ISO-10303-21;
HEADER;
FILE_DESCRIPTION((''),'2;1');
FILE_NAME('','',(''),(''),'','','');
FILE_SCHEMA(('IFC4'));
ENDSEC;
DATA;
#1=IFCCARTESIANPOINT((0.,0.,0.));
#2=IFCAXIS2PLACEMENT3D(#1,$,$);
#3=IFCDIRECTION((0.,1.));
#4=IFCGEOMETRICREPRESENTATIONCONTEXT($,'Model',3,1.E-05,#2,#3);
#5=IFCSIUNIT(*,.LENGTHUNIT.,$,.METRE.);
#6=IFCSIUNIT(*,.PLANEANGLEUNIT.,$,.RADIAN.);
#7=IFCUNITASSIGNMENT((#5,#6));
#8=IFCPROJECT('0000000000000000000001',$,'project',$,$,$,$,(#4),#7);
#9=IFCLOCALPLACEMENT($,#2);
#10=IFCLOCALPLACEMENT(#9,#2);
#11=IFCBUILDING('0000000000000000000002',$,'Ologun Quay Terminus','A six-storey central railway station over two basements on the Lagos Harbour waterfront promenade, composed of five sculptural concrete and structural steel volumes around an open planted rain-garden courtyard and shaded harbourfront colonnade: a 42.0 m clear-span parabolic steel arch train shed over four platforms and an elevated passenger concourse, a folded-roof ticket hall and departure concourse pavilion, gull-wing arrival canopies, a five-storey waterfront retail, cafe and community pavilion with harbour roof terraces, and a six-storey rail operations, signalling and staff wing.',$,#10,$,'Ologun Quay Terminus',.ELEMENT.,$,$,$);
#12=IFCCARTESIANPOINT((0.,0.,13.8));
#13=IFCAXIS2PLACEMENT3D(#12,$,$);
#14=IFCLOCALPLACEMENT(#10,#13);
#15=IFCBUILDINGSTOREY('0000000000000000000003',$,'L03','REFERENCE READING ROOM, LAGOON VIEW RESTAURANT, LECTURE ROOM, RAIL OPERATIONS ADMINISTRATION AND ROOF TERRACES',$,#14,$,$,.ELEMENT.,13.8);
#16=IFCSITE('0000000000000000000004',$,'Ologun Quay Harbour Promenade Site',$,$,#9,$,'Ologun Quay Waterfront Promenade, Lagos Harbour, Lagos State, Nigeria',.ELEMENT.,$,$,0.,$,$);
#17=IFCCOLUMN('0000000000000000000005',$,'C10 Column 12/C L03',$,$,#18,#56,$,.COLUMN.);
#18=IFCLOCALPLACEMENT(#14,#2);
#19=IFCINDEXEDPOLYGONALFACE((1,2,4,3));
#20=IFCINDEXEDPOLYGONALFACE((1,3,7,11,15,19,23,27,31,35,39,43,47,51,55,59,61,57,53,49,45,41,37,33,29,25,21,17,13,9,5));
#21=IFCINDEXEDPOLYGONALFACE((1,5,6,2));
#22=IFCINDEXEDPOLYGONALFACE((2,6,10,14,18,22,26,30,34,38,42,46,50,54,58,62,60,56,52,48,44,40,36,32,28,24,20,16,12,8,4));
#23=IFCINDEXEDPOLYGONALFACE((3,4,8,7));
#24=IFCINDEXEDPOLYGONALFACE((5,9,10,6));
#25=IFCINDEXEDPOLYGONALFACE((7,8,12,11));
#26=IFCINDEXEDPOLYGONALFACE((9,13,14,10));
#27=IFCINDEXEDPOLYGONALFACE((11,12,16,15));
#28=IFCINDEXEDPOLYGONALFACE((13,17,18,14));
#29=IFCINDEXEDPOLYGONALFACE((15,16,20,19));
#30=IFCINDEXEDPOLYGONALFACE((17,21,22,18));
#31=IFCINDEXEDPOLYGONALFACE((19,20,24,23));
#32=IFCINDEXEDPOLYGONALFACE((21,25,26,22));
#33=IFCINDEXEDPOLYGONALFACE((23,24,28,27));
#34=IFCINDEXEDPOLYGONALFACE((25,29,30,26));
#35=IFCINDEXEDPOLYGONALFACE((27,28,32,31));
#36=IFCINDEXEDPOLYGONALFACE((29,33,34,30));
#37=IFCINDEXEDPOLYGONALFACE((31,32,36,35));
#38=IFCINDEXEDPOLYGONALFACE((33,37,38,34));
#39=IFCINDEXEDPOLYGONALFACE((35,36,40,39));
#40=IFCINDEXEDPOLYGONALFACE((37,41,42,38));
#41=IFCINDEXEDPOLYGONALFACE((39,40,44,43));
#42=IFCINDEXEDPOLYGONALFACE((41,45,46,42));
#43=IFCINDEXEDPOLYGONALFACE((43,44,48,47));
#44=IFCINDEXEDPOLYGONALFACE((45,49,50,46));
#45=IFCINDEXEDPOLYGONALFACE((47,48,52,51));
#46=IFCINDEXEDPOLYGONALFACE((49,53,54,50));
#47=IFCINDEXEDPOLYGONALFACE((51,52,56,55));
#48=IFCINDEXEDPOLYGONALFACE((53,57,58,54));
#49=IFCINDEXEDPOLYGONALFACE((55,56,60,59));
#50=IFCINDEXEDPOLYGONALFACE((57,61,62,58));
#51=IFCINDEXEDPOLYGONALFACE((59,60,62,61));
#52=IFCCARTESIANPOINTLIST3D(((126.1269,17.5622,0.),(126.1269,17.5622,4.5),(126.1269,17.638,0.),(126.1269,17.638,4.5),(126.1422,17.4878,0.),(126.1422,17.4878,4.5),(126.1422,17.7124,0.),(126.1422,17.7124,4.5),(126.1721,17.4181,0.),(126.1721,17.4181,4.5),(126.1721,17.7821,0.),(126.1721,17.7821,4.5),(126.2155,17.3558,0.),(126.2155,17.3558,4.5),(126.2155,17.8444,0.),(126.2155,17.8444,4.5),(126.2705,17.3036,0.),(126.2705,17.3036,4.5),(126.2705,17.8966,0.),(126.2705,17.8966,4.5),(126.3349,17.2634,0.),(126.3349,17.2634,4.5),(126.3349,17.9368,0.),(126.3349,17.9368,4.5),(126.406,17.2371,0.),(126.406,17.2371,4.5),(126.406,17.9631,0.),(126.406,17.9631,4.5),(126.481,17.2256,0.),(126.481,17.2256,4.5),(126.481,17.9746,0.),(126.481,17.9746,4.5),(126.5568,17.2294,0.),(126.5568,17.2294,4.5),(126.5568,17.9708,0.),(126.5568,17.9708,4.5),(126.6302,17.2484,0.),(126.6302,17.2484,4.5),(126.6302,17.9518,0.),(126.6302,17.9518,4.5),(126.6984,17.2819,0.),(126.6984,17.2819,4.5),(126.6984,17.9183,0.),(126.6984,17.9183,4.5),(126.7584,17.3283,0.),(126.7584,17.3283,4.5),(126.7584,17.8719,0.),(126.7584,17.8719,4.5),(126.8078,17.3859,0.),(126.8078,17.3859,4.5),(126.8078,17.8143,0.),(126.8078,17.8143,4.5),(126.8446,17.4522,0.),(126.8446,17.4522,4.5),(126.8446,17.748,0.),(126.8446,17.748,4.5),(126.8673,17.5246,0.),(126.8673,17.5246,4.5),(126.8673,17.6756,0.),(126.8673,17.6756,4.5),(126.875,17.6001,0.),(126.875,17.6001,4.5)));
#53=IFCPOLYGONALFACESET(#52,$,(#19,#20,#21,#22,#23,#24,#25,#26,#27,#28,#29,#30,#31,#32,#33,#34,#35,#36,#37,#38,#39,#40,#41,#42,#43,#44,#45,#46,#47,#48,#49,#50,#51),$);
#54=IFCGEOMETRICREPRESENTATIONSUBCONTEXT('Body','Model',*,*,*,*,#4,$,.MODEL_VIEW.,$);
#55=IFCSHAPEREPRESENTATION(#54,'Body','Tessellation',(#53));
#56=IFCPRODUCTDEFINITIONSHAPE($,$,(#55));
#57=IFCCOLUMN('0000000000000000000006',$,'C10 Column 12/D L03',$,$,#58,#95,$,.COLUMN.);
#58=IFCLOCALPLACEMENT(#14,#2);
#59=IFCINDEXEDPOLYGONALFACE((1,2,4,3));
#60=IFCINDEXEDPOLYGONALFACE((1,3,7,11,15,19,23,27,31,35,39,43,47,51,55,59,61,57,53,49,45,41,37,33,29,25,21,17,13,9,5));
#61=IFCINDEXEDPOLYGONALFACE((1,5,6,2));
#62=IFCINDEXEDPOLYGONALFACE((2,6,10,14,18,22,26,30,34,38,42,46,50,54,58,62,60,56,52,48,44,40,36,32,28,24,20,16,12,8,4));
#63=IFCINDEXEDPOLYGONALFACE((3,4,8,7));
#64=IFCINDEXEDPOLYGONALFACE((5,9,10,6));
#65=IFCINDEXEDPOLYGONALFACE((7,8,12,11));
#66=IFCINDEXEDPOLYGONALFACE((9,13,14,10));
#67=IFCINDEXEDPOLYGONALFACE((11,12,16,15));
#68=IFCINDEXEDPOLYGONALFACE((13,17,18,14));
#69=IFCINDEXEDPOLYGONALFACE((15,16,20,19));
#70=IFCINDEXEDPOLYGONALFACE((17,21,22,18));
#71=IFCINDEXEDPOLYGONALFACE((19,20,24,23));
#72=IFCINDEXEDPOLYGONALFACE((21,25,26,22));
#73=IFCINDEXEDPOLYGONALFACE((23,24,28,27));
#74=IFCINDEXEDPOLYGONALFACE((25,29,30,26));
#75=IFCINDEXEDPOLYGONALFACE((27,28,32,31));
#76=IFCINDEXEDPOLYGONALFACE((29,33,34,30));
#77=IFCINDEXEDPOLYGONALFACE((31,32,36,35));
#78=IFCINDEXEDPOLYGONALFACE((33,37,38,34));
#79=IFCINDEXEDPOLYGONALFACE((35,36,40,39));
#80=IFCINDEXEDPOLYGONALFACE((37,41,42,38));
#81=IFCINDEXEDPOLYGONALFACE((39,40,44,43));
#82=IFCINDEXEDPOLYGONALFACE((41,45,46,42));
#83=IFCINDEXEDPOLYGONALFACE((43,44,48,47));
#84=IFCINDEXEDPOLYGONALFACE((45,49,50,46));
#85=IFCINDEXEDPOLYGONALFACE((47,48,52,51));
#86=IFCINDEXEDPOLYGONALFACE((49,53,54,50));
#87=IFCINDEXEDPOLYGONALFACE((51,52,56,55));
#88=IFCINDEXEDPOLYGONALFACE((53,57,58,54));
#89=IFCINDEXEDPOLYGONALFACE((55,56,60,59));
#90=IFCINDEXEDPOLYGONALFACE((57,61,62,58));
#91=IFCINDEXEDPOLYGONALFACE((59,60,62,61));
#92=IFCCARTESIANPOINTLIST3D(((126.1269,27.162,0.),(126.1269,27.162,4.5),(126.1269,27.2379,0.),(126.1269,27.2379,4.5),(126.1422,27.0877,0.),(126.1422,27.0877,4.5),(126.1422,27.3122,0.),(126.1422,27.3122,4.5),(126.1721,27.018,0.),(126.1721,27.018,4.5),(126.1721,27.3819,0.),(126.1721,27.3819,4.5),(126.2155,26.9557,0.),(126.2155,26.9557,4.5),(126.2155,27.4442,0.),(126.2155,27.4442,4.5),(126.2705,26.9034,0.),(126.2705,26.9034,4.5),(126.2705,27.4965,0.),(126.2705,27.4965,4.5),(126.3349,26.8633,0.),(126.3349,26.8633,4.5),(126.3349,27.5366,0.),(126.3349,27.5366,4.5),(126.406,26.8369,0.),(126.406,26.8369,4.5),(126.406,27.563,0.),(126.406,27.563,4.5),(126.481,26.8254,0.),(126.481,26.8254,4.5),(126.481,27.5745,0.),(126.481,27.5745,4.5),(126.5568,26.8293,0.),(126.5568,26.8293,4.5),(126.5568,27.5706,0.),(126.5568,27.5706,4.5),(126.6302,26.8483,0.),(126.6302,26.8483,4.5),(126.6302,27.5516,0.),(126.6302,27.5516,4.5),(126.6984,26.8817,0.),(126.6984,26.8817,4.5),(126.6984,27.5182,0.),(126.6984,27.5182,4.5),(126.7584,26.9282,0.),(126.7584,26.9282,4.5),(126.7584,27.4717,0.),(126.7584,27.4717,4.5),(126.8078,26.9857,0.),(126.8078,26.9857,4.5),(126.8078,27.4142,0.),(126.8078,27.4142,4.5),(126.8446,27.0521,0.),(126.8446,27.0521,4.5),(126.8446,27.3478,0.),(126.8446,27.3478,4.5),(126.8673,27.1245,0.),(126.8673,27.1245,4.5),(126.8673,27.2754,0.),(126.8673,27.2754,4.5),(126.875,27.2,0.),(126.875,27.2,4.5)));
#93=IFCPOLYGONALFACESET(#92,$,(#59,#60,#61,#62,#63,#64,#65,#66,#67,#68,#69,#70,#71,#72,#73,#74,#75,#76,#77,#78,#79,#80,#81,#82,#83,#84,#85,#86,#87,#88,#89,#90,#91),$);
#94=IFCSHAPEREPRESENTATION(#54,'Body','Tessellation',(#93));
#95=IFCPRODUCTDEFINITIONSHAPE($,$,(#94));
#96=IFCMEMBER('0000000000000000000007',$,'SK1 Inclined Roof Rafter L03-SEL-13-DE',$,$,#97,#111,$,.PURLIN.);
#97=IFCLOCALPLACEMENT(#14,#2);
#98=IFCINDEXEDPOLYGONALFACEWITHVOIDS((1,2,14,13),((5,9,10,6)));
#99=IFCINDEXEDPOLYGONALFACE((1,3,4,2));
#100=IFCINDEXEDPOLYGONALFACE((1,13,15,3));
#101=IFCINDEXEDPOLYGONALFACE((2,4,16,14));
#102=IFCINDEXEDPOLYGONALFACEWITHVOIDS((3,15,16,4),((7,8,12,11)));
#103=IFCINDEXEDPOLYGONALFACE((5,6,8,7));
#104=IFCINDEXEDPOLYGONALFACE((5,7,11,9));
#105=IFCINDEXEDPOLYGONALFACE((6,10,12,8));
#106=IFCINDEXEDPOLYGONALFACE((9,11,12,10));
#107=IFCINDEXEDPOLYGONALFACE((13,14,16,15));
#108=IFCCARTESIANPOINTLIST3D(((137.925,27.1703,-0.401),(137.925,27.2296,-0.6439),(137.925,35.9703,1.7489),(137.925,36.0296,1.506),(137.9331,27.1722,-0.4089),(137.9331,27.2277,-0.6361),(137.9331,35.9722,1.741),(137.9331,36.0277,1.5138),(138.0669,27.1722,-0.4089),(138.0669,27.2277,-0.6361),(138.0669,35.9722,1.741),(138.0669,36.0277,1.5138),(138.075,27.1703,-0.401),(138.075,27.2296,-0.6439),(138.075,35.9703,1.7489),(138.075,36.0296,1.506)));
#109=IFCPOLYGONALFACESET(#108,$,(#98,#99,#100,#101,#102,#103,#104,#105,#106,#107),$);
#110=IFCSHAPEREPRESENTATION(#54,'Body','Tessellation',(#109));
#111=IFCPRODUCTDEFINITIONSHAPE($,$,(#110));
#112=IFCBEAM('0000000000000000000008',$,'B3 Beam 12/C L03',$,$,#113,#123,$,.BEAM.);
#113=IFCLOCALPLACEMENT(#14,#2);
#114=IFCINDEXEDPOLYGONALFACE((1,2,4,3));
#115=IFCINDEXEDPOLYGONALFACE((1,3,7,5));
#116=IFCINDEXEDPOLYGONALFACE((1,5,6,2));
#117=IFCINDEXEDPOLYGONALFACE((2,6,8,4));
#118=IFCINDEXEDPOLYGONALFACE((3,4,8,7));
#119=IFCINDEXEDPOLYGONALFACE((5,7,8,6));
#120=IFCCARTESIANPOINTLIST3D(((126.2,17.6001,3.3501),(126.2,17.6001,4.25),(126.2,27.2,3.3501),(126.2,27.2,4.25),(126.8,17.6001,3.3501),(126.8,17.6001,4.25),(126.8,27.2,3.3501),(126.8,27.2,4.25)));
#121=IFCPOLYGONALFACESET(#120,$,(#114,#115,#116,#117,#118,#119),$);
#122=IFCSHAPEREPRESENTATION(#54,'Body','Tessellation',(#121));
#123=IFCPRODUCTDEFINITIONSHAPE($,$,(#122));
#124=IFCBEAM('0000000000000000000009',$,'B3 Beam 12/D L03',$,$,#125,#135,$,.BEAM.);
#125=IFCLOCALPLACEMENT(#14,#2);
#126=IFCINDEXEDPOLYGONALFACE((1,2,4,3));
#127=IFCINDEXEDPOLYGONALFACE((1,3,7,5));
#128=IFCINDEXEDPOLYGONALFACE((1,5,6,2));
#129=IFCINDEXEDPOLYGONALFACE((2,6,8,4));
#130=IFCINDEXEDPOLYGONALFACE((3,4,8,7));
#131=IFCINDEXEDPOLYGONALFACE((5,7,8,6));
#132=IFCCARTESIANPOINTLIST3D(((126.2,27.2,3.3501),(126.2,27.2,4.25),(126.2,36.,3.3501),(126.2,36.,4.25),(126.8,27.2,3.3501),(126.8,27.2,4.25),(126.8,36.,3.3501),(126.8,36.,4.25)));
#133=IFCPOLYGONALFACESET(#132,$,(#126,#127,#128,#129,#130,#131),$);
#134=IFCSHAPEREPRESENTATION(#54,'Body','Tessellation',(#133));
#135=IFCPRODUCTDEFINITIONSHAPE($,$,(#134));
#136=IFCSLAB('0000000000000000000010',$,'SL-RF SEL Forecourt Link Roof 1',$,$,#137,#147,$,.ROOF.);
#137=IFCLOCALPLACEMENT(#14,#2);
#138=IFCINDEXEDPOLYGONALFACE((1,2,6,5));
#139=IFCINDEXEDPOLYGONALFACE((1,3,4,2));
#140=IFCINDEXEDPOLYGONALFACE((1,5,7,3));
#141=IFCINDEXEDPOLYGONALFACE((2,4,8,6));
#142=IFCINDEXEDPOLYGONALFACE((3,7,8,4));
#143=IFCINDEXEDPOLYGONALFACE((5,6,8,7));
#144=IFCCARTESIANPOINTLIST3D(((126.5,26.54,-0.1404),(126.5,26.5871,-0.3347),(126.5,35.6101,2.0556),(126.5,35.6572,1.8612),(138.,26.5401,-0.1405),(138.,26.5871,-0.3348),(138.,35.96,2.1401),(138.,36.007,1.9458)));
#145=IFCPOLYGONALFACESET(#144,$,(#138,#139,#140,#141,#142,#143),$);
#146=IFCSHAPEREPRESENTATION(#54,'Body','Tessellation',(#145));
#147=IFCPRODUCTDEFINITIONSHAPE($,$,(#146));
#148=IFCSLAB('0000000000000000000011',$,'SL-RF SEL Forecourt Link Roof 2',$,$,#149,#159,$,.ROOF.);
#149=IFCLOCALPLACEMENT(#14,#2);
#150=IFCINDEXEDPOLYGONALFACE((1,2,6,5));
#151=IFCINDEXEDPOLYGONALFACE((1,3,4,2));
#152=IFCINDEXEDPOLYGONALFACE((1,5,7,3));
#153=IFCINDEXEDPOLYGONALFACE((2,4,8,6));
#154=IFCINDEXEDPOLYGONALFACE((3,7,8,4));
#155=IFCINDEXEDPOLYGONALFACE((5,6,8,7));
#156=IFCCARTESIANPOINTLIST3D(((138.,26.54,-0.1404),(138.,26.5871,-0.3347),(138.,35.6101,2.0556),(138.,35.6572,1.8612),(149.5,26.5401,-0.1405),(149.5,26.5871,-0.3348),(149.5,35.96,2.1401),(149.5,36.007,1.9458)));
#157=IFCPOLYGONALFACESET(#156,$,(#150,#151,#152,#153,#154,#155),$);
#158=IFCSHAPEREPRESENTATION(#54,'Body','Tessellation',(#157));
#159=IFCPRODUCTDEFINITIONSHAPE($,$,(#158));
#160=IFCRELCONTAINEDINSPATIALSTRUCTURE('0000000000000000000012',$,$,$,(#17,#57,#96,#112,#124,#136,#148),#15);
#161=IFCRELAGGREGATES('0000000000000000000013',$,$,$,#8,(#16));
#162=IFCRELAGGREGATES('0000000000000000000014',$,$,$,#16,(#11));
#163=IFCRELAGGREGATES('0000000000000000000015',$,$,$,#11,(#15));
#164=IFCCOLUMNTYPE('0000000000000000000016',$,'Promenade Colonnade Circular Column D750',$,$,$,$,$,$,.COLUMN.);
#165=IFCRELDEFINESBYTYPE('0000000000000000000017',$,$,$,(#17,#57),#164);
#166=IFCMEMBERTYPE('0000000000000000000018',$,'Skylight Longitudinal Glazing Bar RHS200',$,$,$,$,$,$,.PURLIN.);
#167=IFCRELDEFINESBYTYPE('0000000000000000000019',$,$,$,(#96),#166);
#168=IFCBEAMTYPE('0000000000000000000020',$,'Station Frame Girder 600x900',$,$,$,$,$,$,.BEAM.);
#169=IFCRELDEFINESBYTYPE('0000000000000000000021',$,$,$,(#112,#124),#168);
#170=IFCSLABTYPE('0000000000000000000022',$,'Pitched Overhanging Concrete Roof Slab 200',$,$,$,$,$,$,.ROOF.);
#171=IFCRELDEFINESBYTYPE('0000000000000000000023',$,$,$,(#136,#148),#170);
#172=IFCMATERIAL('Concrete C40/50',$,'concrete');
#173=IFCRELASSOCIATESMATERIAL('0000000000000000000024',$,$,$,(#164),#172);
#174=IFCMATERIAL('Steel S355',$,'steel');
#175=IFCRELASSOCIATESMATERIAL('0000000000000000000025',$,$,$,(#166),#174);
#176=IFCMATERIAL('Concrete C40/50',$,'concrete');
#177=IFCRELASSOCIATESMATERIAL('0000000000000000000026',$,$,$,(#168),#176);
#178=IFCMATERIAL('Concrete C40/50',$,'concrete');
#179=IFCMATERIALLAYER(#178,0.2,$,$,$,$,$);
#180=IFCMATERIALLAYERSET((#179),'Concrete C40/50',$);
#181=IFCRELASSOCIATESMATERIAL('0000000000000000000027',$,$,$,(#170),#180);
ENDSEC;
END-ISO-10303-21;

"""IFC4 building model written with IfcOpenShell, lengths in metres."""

from ifc_helpers import new_model, si_unit, direction, frame, origin, origin_2d, place, context, subcontext, project, spatial, polyline, rectangle, hollow_rectangle, circle, outline, extrude, material, layer, layer_set, material_profile, profile_set, type_object, element, save


model = new_model("IFC4")

# Units and contexts
model_context = context("Model", 3, precision=1e-05, world=origin(), true_north=direction((0.0, 1.0)))
body_context = subcontext(model_context, "Body", "Model", "MODEL_VIEW")
ifc_project = project(units=[si_unit("LENGTHUNIT", "METRE"), si_unit("PLANEANGLEUNIT", "RADIAN")], contexts=[model_context])

# Site, building, storey
site_placement = place(None, origin())
site = spatial("IfcSite", under=ifc_project, at=site_placement, Name="Ologun Quay Harbour Promenade Site", LongName="Ologun Quay Waterfront Promenade, Lagos Harbour, Lagos State, Nigeria", CompositionType="ELEMENT", RefElevation=0.0)
building_placement = place(site_placement, origin())
building = spatial("IfcBuilding", under=site, at=building_placement, Name="Ologun Quay Terminus", Description="A six-storey central railway station over two basements on the Lagos Harbour waterfront promenade, composed of five sculptural concrete and structural steel volumes around an open planted rain-garden courtyard and shaded harbourfront colonnade: a 42.0 m clear-span parabolic steel arch train shed over four platforms and an elevated passenger concourse, a folded-roof ticket hall and departure concourse pavilion, gull-wing arrival canopies, a five-storey waterfront retail, cafe and community pavilion with harbour roof terraces, and a six-storey rail operations, signalling and staff wing.", LongName="Ologun Quay Terminus", CompositionType="ELEMENT")
storey_placement = place(building_placement, frame((0.0, 0.0, 13.8)))
storey = spatial("IfcBuildingStorey", under=building, at=storey_placement, Name="L03", Description="REFERENCE READING ROOM, LAGOON VIEW RESTAURANT, LECTURE ROOM, RAIL OPERATIONS ADMINISTRATION AND ROOF TERRACES", CompositionType="ELEMENT", Elevation=13.8)

# Columns
ifc_material_1 = material(Name="Concrete C40/50", Category="concrete")
ifc_material_profile_1 = material_profile(ifc_material_1, circle(Radius=0.375, at=origin_2d()), Name="RC D750")
ifc_profile_set_1 = profile_set([ifc_material_profile_1], Name="Concrete C40/50")
column_type = type_object("IfcColumnType", Name="Promenade Colonnade Circular Column D750", PredefinedType="COLUMN", material=ifc_profile_set_1)
for number, where, z_axis, x_axis, name in (
    (1, (126.5, 17.6001, 0.0), (0.0, 0.0, 1.0), (1.0, 0.0, 0.0), "C10 Column 12/C L03"),
    (2, (126.5, 27.2, 0.0), (0.0, 0.0, 1.0), (1.0, 0.0, 0.0), "C10 Column 12/D L03"),
):
    element("IfcColumn", number, at=place(storey_placement, frame(where, z_axis=z_axis, x_axis=x_axis)), inside=storey, type_object=column_type, Name=name, PredefinedType="COLUMN", context=body_context, shape_type="SweptSolid", body=[
        extrude(circle(Radius=0.375, at=origin_2d()), origin(), (0.0, 0.0, 1.0), 4.5),
    ])

# Member
ifc_material_2 = material(Name="Steel S355", Category="steel")
ifc_material_profile_2 = material_profile(ifc_material_2, hollow_rectangle(XDim=0.1499, YDim=0.25, WallThickness=0.0081, at=origin_2d()), Name="RHS 250x150x8")
ifc_profile_set_2 = profile_set([ifc_material_profile_2], Name="Steel S355")
member_type = type_object("IfcMemberType", Name="Skylight Longitudinal Glazing Bar RHS200", PredefinedType="PURLIN", material=ifc_profile_set_2)
member_placement = place(storey_placement, frame((138.0, 27.2, -0.5225), z_axis=(0.0, 0.97143, 0.237326), x_axis=(-1.0, 0.0, 0.0)))
element("IfcMember", 3, at=member_placement, inside=storey, type_object=member_type, Name="SK1 Inclined Roof Rafter L03-SEL-13-DE", PredefinedType="PURLIN", context=body_context, shape_type="SweptSolid", body=[
    extrude(hollow_rectangle(XDim=0.1499, YDim=0.25, WallThickness=0.0081, at=origin_2d()), origin(), (0.0, 0.0, 1.0), 9.0588),
])

# Beams
ifc_material_3 = material(Name="Concrete C40/50", Category="concrete")
ifc_material_profile_3 = material_profile(ifc_material_3, rectangle(XDim=0.6001, YDim=0.8999, at=origin_2d()), Name="RC 600x900")
ifc_profile_set_3 = profile_set([ifc_material_profile_3], Name="Concrete C40/50")
beam_type = type_object("IfcBeamType", Name="Station Frame Girder 600x900", PredefinedType="BEAM", material=ifc_profile_set_3)
beam_1_placement = place(storey_placement, frame((126.5, 17.6001, 3.8), z_axis=(0.0, 1.0, 0.0), x_axis=(-1.0, 0.0, 0.0)))
element("IfcBeam", 4, at=beam_1_placement, inside=storey, type_object=beam_type, Name="B3 Beam 12/C L03", PredefinedType="BEAM", context=body_context, shape_type="SweptSolid", body=[
    extrude(rectangle(XDim=0.6001, YDim=0.8999, at=origin_2d()), origin(), (0.0, 0.0, 1.0), 9.5999),
])
beam_2_placement = place(storey_placement, frame((126.5, 27.2, 3.8), z_axis=(0.0, 1.0, 0.0), x_axis=(-1.0, 0.0, 0.0)))
element("IfcBeam", 5, at=beam_2_placement, inside=storey, type_object=beam_type, Name="B3 Beam 12/D L03", PredefinedType="BEAM", context=body_context, shape_type="SweptSolid", body=[
    extrude(rectangle(XDim=0.6001, YDim=0.8999, at=origin_2d()), origin(), (0.0, 0.0, 1.0), 8.8),
])

# Slabs
ifc_material_4 = material(Name="Concrete C40/50", Category="concrete")
ifc_layer_1 = layer(ifc_material_4, 0.2)
ifc_layer_set_1 = layer_set([ifc_layer_1], Name="Concrete C40/50")
slab_type = type_object("IfcSlabType", Name="Pitched Overhanging Concrete Roof Slab 200", PredefinedType="ROOF", material=ifc_layer_set_1)
for number, where, z_axis, x_axis, name in (
    (6, (126.5, 26.54, -0.1404), (0.00001, -0.235309, 0.971921), (1.0, 0.000002, -0.000009), "SL-RF SEL Forecourt Link Roof 1"),
    (7, (138.0, 26.54, -0.1404), (0.00001, -0.235309, 0.971921), (1.0, 0.000002, -0.000009), "SL-RF SEL Forecourt Link Roof 2"),
):
    element("IfcSlab", number, at=place(storey_placement, frame(where, z_axis=z_axis, x_axis=x_axis)), inside=storey, type_object=slab_type, Name=name, PredefinedType="ROOF", context=body_context, shape_type="SweptSolid", body=[
        extrude(outline(polyline([(0.0, 0.0), (11.5, 0.0), (11.5, 9.692), (0.0, 9.3321), (0.0, 0.0)])), origin(), (0.0, 0.0, -1.0), 0.2),
    ])

save(model, "model.ifc")
